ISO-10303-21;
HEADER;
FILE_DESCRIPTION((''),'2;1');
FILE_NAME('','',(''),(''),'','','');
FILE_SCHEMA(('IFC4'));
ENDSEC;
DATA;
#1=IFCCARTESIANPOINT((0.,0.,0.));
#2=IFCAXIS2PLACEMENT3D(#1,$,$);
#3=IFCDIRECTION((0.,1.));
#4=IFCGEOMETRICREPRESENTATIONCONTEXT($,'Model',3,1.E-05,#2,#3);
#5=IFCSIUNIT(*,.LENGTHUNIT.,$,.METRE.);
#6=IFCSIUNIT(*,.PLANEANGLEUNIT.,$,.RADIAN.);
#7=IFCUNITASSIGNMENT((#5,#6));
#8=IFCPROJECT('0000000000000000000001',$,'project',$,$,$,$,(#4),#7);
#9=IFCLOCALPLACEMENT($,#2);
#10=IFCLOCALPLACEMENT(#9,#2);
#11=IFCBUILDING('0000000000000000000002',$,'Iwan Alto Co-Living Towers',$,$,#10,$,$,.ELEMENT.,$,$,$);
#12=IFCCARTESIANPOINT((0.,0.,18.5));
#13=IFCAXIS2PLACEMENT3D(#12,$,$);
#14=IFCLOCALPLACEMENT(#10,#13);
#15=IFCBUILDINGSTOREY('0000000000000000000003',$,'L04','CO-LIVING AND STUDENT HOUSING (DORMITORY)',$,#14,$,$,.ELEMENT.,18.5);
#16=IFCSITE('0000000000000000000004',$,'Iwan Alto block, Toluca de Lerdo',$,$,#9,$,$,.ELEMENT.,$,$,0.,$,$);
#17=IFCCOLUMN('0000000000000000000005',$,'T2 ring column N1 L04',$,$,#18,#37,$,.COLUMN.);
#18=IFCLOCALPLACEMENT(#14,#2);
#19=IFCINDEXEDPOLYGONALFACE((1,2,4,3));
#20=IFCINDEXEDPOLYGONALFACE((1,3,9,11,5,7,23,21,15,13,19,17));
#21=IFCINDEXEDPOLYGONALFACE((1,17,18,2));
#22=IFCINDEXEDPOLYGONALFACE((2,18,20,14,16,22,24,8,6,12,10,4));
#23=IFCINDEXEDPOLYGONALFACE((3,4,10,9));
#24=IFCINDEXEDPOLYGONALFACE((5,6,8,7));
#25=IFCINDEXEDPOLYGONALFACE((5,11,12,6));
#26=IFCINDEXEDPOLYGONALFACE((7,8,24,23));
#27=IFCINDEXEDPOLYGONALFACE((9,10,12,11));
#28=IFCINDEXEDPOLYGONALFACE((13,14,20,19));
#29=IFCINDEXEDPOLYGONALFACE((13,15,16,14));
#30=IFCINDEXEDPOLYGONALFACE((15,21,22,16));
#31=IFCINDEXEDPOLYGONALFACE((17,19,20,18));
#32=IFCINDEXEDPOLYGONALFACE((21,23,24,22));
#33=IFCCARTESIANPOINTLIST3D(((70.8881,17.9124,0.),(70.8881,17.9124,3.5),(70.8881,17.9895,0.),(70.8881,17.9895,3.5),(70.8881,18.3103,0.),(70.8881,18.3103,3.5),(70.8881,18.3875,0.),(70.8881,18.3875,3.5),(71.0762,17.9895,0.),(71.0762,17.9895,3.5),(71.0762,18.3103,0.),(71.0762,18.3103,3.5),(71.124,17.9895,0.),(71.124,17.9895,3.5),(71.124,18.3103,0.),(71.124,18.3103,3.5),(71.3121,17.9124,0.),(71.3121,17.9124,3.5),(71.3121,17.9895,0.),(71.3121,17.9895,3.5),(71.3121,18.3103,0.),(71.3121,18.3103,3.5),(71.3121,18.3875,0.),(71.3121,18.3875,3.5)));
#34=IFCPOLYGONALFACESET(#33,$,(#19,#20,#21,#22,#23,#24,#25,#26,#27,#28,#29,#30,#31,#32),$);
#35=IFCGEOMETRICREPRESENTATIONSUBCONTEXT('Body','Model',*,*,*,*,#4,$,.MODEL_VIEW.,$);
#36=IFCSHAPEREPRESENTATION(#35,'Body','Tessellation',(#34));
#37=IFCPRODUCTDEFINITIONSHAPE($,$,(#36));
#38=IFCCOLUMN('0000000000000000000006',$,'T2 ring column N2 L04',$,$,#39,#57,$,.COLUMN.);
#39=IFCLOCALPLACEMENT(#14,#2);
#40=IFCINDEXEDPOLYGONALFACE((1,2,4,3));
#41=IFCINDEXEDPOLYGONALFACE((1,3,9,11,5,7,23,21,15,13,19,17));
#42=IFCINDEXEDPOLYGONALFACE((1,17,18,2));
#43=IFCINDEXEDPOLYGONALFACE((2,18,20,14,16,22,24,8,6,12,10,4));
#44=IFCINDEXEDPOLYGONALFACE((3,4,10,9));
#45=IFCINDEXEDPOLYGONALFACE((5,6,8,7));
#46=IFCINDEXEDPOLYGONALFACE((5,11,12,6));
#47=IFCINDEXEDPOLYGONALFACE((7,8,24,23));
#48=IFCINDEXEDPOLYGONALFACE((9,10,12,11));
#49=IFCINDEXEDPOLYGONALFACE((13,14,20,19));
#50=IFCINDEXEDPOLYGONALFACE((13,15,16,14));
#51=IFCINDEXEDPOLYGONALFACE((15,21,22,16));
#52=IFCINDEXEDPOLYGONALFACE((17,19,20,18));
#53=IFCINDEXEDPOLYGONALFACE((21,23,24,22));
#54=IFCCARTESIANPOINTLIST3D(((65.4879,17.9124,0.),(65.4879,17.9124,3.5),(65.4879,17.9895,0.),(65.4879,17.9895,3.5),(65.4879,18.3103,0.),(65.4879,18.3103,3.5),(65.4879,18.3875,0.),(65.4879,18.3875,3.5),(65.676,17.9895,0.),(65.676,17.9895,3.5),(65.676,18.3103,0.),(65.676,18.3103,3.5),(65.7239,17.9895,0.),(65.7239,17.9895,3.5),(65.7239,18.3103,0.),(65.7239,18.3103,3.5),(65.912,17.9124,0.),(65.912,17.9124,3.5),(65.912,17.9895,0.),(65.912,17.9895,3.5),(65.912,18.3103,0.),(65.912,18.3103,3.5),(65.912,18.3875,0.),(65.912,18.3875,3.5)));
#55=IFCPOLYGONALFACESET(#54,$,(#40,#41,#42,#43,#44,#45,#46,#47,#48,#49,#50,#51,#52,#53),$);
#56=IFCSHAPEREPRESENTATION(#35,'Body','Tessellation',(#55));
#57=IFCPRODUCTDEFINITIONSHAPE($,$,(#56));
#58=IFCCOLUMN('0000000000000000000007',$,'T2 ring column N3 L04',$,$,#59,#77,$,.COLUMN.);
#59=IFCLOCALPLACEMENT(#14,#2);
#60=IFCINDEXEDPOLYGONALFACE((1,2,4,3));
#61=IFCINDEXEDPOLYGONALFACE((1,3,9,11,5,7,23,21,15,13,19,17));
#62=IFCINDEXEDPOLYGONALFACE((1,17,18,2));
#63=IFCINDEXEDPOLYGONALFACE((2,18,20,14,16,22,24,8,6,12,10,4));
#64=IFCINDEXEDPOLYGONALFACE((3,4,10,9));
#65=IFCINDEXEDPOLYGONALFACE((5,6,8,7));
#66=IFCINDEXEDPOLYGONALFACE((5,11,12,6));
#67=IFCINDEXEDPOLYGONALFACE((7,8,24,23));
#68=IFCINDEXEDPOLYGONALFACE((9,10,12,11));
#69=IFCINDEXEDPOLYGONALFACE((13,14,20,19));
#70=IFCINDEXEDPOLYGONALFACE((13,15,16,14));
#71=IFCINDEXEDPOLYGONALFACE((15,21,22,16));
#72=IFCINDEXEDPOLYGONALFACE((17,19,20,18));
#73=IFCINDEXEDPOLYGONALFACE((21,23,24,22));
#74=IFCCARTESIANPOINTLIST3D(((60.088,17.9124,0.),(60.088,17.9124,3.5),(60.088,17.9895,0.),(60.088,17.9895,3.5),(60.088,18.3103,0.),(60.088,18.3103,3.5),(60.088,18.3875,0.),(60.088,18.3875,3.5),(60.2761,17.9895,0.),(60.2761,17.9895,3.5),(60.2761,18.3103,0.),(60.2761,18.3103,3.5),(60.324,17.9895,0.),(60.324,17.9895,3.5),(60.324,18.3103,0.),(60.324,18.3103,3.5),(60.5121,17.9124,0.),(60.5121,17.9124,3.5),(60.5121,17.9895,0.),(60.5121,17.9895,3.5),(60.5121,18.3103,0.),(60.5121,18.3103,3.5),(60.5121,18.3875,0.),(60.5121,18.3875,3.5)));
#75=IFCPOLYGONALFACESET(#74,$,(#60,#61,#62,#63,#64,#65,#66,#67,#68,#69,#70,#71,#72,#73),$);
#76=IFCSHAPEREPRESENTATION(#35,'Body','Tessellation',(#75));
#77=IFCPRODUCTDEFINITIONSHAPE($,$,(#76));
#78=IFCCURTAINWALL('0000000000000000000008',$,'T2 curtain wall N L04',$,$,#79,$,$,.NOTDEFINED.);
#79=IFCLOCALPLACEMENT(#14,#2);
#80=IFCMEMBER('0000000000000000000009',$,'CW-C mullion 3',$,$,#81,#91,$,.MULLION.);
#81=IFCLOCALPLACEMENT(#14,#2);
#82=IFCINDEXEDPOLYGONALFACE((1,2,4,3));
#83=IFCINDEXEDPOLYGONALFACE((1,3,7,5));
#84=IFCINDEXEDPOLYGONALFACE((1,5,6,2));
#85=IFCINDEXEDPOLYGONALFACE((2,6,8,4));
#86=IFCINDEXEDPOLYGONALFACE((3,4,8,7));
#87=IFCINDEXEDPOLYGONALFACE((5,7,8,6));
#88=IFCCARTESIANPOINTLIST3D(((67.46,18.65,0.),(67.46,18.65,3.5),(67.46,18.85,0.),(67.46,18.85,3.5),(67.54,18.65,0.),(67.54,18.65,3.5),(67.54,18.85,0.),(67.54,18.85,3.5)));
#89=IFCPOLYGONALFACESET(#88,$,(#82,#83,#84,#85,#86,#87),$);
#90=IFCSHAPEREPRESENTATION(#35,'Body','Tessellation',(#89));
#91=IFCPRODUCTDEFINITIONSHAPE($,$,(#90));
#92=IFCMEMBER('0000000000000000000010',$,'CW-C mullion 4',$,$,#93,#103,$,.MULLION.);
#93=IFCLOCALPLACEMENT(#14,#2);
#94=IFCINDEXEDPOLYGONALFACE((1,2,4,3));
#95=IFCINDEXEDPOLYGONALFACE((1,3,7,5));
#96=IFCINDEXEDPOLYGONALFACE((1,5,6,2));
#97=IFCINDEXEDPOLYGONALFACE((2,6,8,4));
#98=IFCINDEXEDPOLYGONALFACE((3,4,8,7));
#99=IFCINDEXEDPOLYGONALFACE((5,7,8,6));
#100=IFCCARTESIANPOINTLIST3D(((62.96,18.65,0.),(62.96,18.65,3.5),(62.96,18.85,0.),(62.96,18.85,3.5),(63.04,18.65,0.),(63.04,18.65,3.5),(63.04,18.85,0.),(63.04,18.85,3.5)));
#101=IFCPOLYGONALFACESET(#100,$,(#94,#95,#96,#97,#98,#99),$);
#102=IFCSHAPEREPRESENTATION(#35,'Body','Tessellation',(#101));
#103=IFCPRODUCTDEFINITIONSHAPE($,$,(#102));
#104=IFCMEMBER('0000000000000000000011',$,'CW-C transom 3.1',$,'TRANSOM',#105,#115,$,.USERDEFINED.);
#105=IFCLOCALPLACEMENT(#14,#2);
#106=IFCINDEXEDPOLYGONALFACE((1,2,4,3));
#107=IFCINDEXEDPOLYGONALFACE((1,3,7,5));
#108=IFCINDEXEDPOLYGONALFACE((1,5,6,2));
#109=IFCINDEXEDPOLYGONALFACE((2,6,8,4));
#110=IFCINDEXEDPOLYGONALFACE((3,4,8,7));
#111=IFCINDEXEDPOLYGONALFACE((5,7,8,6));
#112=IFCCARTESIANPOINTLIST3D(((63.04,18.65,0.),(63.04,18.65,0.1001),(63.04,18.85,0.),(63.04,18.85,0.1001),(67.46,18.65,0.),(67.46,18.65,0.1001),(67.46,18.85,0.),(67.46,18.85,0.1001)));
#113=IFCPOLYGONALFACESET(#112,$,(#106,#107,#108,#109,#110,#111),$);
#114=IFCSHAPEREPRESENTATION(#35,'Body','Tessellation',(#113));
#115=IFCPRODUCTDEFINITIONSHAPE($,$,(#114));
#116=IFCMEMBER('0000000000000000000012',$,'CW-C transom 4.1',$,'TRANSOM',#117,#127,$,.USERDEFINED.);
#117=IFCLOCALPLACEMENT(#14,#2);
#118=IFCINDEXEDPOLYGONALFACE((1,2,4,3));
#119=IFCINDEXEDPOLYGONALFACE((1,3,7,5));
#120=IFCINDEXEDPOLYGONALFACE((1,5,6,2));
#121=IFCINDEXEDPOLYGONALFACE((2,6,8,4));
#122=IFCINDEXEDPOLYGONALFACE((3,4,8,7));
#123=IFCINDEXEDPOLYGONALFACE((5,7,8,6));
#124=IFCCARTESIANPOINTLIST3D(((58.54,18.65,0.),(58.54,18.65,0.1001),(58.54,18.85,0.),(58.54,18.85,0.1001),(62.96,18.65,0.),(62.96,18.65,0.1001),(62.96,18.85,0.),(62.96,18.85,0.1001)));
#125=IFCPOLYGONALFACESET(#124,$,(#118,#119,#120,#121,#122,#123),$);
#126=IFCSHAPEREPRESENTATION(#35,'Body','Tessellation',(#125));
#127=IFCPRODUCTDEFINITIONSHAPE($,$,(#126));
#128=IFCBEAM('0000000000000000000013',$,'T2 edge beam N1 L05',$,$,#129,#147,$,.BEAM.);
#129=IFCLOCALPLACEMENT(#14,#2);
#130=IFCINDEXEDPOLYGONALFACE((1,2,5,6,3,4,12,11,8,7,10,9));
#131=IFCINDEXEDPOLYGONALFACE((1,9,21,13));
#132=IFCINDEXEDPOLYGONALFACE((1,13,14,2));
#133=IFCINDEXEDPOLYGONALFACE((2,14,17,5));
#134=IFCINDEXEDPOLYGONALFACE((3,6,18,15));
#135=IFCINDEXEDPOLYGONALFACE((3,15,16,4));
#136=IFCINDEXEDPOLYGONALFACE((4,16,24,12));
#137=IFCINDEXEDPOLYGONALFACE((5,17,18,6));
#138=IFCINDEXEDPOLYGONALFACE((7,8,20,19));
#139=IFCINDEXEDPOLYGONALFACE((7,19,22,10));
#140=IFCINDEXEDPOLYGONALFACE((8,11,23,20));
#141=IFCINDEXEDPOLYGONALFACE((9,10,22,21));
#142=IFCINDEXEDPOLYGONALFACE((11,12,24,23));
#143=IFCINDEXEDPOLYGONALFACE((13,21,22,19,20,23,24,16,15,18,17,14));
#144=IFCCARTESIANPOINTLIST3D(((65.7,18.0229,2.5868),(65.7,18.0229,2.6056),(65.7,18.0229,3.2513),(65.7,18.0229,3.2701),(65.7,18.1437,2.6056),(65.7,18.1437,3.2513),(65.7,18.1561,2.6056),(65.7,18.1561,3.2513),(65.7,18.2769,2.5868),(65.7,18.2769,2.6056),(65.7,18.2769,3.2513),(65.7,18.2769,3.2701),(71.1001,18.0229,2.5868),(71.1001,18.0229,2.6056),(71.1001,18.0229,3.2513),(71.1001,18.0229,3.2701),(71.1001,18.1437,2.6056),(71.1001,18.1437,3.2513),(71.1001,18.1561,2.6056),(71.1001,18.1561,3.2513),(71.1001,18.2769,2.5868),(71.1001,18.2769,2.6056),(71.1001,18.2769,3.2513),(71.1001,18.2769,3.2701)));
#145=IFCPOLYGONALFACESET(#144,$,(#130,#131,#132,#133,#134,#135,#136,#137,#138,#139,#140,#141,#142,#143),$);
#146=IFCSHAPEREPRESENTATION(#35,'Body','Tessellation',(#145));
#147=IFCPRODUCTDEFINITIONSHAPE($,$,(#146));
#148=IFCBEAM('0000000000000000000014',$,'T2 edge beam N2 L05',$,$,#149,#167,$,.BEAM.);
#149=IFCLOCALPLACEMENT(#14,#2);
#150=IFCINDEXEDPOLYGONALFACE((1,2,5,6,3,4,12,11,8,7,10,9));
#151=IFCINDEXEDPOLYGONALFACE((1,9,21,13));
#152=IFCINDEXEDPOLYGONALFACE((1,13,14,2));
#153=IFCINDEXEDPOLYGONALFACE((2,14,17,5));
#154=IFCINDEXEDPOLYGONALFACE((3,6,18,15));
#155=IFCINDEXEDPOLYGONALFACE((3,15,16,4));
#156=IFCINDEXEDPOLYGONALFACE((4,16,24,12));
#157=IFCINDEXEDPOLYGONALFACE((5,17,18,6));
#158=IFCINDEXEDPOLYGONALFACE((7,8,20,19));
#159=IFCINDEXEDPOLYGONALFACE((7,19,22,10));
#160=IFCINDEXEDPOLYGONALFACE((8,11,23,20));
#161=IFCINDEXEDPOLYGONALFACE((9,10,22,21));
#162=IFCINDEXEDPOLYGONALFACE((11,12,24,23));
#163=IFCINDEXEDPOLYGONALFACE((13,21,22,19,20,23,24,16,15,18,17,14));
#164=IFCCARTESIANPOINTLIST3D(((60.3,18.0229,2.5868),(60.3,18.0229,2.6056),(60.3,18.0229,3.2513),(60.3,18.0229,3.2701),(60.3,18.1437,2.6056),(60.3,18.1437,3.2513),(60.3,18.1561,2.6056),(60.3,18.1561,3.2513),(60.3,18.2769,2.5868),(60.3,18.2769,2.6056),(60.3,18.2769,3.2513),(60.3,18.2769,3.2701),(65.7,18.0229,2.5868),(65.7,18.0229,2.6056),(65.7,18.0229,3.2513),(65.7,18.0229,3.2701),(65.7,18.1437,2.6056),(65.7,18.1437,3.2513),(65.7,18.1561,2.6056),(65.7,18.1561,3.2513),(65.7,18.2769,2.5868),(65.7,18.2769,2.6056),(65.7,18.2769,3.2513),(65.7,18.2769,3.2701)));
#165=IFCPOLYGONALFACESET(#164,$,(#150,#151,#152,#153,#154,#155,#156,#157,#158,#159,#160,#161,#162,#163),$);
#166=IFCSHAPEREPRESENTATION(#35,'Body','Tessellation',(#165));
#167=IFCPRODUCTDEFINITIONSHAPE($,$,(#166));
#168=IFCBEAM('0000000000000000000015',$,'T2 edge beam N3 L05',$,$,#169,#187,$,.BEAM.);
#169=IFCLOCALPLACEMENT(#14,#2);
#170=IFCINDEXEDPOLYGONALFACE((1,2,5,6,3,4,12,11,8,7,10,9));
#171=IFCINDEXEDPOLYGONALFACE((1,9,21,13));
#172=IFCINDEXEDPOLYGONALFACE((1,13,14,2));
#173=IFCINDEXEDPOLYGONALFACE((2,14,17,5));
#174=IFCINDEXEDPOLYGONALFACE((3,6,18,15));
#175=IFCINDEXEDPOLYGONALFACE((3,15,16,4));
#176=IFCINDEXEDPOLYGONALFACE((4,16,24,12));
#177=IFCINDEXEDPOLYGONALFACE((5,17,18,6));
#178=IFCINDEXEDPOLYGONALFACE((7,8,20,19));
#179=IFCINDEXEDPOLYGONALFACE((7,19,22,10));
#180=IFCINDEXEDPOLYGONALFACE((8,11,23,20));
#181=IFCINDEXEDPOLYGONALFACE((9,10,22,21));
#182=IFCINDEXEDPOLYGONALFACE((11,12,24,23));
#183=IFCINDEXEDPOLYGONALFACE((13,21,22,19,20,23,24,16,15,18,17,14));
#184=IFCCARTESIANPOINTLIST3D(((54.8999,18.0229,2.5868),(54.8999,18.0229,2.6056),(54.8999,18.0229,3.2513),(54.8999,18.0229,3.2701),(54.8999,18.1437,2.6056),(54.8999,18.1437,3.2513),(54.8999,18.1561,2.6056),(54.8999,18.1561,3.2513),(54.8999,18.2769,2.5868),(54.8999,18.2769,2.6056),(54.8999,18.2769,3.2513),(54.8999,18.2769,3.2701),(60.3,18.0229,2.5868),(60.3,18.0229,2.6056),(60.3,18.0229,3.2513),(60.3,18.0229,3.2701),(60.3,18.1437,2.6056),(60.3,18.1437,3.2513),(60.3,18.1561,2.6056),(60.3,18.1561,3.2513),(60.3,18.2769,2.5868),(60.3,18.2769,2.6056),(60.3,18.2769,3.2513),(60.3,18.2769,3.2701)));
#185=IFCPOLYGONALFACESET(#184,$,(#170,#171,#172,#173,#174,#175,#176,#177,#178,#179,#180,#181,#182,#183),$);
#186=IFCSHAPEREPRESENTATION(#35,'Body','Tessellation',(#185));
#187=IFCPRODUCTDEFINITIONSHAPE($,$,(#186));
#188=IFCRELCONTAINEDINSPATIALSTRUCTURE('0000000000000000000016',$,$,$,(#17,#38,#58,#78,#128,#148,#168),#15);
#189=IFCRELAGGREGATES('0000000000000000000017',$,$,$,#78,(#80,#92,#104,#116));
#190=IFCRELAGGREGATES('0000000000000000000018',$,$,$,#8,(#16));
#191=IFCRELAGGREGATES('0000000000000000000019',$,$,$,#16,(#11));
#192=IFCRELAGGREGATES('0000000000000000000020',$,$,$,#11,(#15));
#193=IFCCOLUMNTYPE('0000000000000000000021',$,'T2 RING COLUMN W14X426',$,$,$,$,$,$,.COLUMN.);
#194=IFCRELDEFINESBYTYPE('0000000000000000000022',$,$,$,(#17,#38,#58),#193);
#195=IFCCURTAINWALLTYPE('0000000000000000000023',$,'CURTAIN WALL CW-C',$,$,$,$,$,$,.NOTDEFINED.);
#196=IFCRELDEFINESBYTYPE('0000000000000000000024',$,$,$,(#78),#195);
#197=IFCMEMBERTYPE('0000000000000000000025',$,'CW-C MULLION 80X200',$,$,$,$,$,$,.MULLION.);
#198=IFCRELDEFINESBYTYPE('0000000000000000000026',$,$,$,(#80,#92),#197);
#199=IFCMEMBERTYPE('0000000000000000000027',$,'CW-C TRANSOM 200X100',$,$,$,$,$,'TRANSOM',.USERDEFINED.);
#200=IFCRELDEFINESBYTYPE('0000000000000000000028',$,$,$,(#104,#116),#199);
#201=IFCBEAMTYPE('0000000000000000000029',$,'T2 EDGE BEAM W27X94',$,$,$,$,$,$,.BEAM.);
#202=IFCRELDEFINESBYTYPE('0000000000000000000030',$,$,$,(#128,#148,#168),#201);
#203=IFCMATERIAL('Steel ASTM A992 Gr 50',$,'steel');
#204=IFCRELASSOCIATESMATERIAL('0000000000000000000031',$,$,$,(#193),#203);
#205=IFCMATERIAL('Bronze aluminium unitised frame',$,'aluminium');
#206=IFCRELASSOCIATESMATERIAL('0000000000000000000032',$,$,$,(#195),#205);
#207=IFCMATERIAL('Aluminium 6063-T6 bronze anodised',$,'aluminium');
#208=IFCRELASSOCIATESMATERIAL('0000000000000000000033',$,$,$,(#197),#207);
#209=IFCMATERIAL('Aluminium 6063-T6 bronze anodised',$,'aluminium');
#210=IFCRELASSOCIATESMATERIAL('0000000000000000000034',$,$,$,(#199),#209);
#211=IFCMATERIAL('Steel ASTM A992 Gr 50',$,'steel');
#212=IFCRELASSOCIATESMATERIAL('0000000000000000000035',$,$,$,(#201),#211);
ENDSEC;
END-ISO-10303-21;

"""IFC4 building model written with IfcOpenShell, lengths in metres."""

from ifc_helpers import new_model, si_unit, direction, frame, origin, origin_2d, place, context, subcontext, project, spatial, rectangle, i_section, extrude, material, material_profile, profile_set, type_object, element, aggregate, save


model = new_model("IFC4")

# Units and contexts
model_context = context("Model", 3, precision=1e-05, world=origin(), true_north=direction((0.0, 1.0)))
body_context = subcontext(model_context, "Body", "Model", "MODEL_VIEW")
ifc_project = project(units=[si_unit("LENGTHUNIT", "METRE"), si_unit("PLANEANGLEUNIT", "RADIAN")], contexts=[model_context])

# Site, building, storey
site_placement = place(None, origin())
site = spatial("IfcSite", under=ifc_project, at=site_placement, Name="Iwan Alto block, Toluca de Lerdo", CompositionType="ELEMENT", RefElevation=0.0)
building_placement = place(site_placement, origin())
building = spatial("IfcBuilding", under=site, at=building_placement, Name="Iwan Alto Co-Living Towers", CompositionType="ELEMENT")
storey_placement = place(building_placement, frame((0.0, 0.0, 18.5)))
storey = spatial("IfcBuildingStorey", under=building, at=storey_placement, Name="L04", Description="CO-LIVING AND STUDENT HOUSING (DORMITORY)", CompositionType="ELEMENT", Elevation=18.5)

# Columns
ifc_material_1 = material(Name="Steel ASTM A992 Gr 50", Category="steel")
ifc_material_profile_1 = material_profile(ifc_material_1, i_section(OverallWidth=0.4241, OverallDepth=0.4751, WebThickness=0.0479, FlangeThickness=0.0771, at=origin_2d()), Name="W14X426")
ifc_profile_set_1 = profile_set([ifc_material_profile_1], Name="Steel ASTM A992 Gr 50")
column_type = type_object("IfcColumnType", Name="T2 RING COLUMN W14X426", PredefinedType="COLUMN", material=ifc_profile_set_1)
for number, where, z_axis, x_axis, name in (
    (1, (71.1001, 18.1499, 0.0), (0.0, 0.0, 1.0), (1.0, 0.0, 0.0), "T2 ring column N1 L04"),
    (2, (65.7, 18.1499, 0.0), (0.0, 0.0, 1.0), (1.0, 0.0, 0.0), "T2 ring column N2 L04"),
    (3, (60.3, 18.1499, 0.0), (0.0, 0.0, 1.0), (1.0, 0.0, 0.0), "T2 ring column N3 L04"),
):
    element("IfcColumn", number, at=place(storey_placement, frame(where, z_axis=z_axis, x_axis=x_axis)), inside=storey, type_object=column_type, Name=name, PredefinedType="COLUMN", context=body_context, shape_type="SweptSolid", body=[
        extrude(i_section(OverallWidth=0.4241, OverallDepth=0.4751, WebThickness=0.0479, FlangeThickness=0.0771, at=origin_2d()), origin(), (0.0, 0.0, 1.0), 3.5),
    ])

# Curtain wall, members
ifc_material_2 = material(Name="Bronze aluminium unitised frame", Category="aluminium")
curtain_wall_type = type_object("IfcCurtainWallType", Name="CURTAIN WALL CW-C", PredefinedType="NOTDEFINED", material=ifc_material_2)
curtain_wall_placement = place(storey_placement, origin())
curtain_wall = element("IfcCurtainWall", 4, at=curtain_wall_placement, inside=storey, type_object=curtain_wall_type, Name="T2 curtain wall N L04", PredefinedType="NOTDEFINED")
ifc_material_3 = material(Name="Aluminium 6063-T6 bronze anodised", Category="aluminium")
ifc_material_profile_2 = material_profile(ifc_material_3, rectangle(XDim=0.2, YDim=0.0801, at=origin_2d()), Name="AL 80X200")
ifc_profile_set_2 = profile_set([ifc_material_profile_2], Name="Aluminium 6063-T6 bronze anodised")
member_type_1 = type_object("IfcMemberType", Name="CW-C MULLION 80X200", PredefinedType="MULLION", material=ifc_profile_set_2)
member_1_placement = place(storey_placement, frame((67.5, 18.75, 0.0), z_axis=(0.0, 0.0, 1.0), x_axis=(0.0, -1.0, 0.0)))
member_1 = element("IfcMember", 5, at=member_1_placement, type_object=member_type_1, Name="CW-C mullion 3", PredefinedType="MULLION", context=body_context, shape_type="SweptSolid", body=[
    extrude(rectangle(XDim=0.2, YDim=0.0801, at=origin_2d()), origin(), (0.0, 0.0, 1.0), 3.5),
])
member_2_placement = place(storey_placement, frame((63.0, 18.75, 0.0), z_axis=(0.0, 0.0, 1.0), x_axis=(0.0, -1.0, 0.0)))
member_2 = element("IfcMember", 6, at=member_2_placement, type_object=member_type_1, Name="CW-C mullion 4", PredefinedType="MULLION", context=body_context, shape_type="SweptSolid", body=[
    extrude(rectangle(XDim=0.2, YDim=0.0801, at=origin_2d()), origin(), (0.0, 0.0, 1.0), 3.5),
])
ifc_material_4 = material(Name="Aluminium 6063-T6 bronze anodised", Category="aluminium")
ifc_material_profile_3 = material_profile(ifc_material_4, rectangle(XDim=0.2, YDim=0.1001, at=origin_2d()), Name="AL 200X100")
ifc_profile_set_3 = profile_set([ifc_material_profile_3], Name="Aluminium 6063-T6 bronze anodised")
member_type_2 = type_object("IfcMemberType", Name="CW-C TRANSOM 200X100", ElementType="TRANSOM", PredefinedType="USERDEFINED", material=ifc_profile_set_3)
member_3_placement = place(storey_placement, frame((67.46, 18.75, 0.05), z_axis=(-1.0, 0.0, 0.0), x_axis=(0.0, -1.0, 0.0)))
member_3 = element("IfcMember", 7, at=member_3_placement, type_object=member_type_2, Name="CW-C transom 3.1", ObjectType="TRANSOM", PredefinedType="USERDEFINED", context=body_context, shape_type="SweptSolid", body=[
    extrude(rectangle(XDim=0.2, YDim=0.1001, at=origin_2d()), origin(), (0.0, 0.0, 1.0), 4.4199),
])
member_4_placement = place(storey_placement, frame((62.96, 18.75, 0.05), z_axis=(-1.0, 0.0, 0.0), x_axis=(0.0, -1.0, 0.0)))
member_4 = element("IfcMember", 8, at=member_4_placement, type_object=member_type_2, Name="CW-C transom 4.1", ObjectType="TRANSOM", PredefinedType="USERDEFINED", context=body_context, shape_type="SweptSolid", body=[
    extrude(rectangle(XDim=0.2, YDim=0.1001, at=origin_2d()), origin(), (0.0, 0.0, 1.0), 4.4199),
])

# Beams
ifc_material_5 = material(Name="Steel ASTM A992 Gr 50", Category="steel")
ifc_material_profile_4 = material_profile(ifc_material_5, i_section(OverallWidth=0.2539, OverallDepth=0.6833, WebThickness=0.0125, FlangeThickness=0.0188, at=origin_2d()), Name="W27X94")
ifc_profile_set_4 = profile_set([ifc_material_profile_4], Name="Steel ASTM A992 Gr 50")
beam_type_1 = type_object("IfcBeamType", Name="T2 EDGE BEAM W27X94", PredefinedType="BEAM", material=ifc_profile_set_4)
beam_1_placement = place(storey_placement, frame((71.1001, 18.1499, 2.9285), z_axis=(-1.0, 0.0, 0.0), x_axis=(0.0, -1.0, 0.0)))
element("IfcBeam", 9, at=beam_1_placement, inside=storey, type_object=beam_type_1, Name="T2 edge beam N1 L05", PredefinedType="BEAM", context=body_context, shape_type="SweptSolid", body=[
    extrude(i_section(OverallWidth=0.2539, OverallDepth=0.6833, WebThickness=0.0125, FlangeThickness=0.0188, at=origin_2d()), origin(), (0.0, 0.0, 1.0), 5.4001),
])
beam_2_placement = place(storey_placement, frame((65.7, 18.1499, 2.9285), z_axis=(-1.0, 0.0, 0.0), x_axis=(0.0, -1.0, 0.0)))
element("IfcBeam", 10, at=beam_2_placement, inside=storey, type_object=beam_type_1, Name="T2 edge beam N2 L05", PredefinedType="BEAM", context=body_context, shape_type="SweptSolid", body=[
    extrude(i_section(OverallWidth=0.2539, OverallDepth=0.6833, WebThickness=0.0125, FlangeThickness=0.0188, at=origin_2d()), origin(), (0.0, 0.0, 1.0), 5.3999),
])
beam_3_placement = place(storey_placement, frame((60.3, 18.1499, 2.9285), z_axis=(-1.0, 0.0, 0.0), x_axis=(0.0, -1.0, 0.0)))
element("IfcBeam", 11, at=beam_3_placement, inside=storey, type_object=beam_type_1, Name="T2 edge beam N3 L05", PredefinedType="BEAM", context=body_context, shape_type="SweptSolid", body=[
    extrude(i_section(OverallWidth=0.2539, OverallDepth=0.6833, WebThickness=0.0125, FlangeThickness=0.0188, at=origin_2d()), origin(), (0.0, 0.0, 1.0), 5.4001),
])

aggregate(curtain_wall, [member_1, member_2, member_3, member_4])

save(model, "model.ifc")
